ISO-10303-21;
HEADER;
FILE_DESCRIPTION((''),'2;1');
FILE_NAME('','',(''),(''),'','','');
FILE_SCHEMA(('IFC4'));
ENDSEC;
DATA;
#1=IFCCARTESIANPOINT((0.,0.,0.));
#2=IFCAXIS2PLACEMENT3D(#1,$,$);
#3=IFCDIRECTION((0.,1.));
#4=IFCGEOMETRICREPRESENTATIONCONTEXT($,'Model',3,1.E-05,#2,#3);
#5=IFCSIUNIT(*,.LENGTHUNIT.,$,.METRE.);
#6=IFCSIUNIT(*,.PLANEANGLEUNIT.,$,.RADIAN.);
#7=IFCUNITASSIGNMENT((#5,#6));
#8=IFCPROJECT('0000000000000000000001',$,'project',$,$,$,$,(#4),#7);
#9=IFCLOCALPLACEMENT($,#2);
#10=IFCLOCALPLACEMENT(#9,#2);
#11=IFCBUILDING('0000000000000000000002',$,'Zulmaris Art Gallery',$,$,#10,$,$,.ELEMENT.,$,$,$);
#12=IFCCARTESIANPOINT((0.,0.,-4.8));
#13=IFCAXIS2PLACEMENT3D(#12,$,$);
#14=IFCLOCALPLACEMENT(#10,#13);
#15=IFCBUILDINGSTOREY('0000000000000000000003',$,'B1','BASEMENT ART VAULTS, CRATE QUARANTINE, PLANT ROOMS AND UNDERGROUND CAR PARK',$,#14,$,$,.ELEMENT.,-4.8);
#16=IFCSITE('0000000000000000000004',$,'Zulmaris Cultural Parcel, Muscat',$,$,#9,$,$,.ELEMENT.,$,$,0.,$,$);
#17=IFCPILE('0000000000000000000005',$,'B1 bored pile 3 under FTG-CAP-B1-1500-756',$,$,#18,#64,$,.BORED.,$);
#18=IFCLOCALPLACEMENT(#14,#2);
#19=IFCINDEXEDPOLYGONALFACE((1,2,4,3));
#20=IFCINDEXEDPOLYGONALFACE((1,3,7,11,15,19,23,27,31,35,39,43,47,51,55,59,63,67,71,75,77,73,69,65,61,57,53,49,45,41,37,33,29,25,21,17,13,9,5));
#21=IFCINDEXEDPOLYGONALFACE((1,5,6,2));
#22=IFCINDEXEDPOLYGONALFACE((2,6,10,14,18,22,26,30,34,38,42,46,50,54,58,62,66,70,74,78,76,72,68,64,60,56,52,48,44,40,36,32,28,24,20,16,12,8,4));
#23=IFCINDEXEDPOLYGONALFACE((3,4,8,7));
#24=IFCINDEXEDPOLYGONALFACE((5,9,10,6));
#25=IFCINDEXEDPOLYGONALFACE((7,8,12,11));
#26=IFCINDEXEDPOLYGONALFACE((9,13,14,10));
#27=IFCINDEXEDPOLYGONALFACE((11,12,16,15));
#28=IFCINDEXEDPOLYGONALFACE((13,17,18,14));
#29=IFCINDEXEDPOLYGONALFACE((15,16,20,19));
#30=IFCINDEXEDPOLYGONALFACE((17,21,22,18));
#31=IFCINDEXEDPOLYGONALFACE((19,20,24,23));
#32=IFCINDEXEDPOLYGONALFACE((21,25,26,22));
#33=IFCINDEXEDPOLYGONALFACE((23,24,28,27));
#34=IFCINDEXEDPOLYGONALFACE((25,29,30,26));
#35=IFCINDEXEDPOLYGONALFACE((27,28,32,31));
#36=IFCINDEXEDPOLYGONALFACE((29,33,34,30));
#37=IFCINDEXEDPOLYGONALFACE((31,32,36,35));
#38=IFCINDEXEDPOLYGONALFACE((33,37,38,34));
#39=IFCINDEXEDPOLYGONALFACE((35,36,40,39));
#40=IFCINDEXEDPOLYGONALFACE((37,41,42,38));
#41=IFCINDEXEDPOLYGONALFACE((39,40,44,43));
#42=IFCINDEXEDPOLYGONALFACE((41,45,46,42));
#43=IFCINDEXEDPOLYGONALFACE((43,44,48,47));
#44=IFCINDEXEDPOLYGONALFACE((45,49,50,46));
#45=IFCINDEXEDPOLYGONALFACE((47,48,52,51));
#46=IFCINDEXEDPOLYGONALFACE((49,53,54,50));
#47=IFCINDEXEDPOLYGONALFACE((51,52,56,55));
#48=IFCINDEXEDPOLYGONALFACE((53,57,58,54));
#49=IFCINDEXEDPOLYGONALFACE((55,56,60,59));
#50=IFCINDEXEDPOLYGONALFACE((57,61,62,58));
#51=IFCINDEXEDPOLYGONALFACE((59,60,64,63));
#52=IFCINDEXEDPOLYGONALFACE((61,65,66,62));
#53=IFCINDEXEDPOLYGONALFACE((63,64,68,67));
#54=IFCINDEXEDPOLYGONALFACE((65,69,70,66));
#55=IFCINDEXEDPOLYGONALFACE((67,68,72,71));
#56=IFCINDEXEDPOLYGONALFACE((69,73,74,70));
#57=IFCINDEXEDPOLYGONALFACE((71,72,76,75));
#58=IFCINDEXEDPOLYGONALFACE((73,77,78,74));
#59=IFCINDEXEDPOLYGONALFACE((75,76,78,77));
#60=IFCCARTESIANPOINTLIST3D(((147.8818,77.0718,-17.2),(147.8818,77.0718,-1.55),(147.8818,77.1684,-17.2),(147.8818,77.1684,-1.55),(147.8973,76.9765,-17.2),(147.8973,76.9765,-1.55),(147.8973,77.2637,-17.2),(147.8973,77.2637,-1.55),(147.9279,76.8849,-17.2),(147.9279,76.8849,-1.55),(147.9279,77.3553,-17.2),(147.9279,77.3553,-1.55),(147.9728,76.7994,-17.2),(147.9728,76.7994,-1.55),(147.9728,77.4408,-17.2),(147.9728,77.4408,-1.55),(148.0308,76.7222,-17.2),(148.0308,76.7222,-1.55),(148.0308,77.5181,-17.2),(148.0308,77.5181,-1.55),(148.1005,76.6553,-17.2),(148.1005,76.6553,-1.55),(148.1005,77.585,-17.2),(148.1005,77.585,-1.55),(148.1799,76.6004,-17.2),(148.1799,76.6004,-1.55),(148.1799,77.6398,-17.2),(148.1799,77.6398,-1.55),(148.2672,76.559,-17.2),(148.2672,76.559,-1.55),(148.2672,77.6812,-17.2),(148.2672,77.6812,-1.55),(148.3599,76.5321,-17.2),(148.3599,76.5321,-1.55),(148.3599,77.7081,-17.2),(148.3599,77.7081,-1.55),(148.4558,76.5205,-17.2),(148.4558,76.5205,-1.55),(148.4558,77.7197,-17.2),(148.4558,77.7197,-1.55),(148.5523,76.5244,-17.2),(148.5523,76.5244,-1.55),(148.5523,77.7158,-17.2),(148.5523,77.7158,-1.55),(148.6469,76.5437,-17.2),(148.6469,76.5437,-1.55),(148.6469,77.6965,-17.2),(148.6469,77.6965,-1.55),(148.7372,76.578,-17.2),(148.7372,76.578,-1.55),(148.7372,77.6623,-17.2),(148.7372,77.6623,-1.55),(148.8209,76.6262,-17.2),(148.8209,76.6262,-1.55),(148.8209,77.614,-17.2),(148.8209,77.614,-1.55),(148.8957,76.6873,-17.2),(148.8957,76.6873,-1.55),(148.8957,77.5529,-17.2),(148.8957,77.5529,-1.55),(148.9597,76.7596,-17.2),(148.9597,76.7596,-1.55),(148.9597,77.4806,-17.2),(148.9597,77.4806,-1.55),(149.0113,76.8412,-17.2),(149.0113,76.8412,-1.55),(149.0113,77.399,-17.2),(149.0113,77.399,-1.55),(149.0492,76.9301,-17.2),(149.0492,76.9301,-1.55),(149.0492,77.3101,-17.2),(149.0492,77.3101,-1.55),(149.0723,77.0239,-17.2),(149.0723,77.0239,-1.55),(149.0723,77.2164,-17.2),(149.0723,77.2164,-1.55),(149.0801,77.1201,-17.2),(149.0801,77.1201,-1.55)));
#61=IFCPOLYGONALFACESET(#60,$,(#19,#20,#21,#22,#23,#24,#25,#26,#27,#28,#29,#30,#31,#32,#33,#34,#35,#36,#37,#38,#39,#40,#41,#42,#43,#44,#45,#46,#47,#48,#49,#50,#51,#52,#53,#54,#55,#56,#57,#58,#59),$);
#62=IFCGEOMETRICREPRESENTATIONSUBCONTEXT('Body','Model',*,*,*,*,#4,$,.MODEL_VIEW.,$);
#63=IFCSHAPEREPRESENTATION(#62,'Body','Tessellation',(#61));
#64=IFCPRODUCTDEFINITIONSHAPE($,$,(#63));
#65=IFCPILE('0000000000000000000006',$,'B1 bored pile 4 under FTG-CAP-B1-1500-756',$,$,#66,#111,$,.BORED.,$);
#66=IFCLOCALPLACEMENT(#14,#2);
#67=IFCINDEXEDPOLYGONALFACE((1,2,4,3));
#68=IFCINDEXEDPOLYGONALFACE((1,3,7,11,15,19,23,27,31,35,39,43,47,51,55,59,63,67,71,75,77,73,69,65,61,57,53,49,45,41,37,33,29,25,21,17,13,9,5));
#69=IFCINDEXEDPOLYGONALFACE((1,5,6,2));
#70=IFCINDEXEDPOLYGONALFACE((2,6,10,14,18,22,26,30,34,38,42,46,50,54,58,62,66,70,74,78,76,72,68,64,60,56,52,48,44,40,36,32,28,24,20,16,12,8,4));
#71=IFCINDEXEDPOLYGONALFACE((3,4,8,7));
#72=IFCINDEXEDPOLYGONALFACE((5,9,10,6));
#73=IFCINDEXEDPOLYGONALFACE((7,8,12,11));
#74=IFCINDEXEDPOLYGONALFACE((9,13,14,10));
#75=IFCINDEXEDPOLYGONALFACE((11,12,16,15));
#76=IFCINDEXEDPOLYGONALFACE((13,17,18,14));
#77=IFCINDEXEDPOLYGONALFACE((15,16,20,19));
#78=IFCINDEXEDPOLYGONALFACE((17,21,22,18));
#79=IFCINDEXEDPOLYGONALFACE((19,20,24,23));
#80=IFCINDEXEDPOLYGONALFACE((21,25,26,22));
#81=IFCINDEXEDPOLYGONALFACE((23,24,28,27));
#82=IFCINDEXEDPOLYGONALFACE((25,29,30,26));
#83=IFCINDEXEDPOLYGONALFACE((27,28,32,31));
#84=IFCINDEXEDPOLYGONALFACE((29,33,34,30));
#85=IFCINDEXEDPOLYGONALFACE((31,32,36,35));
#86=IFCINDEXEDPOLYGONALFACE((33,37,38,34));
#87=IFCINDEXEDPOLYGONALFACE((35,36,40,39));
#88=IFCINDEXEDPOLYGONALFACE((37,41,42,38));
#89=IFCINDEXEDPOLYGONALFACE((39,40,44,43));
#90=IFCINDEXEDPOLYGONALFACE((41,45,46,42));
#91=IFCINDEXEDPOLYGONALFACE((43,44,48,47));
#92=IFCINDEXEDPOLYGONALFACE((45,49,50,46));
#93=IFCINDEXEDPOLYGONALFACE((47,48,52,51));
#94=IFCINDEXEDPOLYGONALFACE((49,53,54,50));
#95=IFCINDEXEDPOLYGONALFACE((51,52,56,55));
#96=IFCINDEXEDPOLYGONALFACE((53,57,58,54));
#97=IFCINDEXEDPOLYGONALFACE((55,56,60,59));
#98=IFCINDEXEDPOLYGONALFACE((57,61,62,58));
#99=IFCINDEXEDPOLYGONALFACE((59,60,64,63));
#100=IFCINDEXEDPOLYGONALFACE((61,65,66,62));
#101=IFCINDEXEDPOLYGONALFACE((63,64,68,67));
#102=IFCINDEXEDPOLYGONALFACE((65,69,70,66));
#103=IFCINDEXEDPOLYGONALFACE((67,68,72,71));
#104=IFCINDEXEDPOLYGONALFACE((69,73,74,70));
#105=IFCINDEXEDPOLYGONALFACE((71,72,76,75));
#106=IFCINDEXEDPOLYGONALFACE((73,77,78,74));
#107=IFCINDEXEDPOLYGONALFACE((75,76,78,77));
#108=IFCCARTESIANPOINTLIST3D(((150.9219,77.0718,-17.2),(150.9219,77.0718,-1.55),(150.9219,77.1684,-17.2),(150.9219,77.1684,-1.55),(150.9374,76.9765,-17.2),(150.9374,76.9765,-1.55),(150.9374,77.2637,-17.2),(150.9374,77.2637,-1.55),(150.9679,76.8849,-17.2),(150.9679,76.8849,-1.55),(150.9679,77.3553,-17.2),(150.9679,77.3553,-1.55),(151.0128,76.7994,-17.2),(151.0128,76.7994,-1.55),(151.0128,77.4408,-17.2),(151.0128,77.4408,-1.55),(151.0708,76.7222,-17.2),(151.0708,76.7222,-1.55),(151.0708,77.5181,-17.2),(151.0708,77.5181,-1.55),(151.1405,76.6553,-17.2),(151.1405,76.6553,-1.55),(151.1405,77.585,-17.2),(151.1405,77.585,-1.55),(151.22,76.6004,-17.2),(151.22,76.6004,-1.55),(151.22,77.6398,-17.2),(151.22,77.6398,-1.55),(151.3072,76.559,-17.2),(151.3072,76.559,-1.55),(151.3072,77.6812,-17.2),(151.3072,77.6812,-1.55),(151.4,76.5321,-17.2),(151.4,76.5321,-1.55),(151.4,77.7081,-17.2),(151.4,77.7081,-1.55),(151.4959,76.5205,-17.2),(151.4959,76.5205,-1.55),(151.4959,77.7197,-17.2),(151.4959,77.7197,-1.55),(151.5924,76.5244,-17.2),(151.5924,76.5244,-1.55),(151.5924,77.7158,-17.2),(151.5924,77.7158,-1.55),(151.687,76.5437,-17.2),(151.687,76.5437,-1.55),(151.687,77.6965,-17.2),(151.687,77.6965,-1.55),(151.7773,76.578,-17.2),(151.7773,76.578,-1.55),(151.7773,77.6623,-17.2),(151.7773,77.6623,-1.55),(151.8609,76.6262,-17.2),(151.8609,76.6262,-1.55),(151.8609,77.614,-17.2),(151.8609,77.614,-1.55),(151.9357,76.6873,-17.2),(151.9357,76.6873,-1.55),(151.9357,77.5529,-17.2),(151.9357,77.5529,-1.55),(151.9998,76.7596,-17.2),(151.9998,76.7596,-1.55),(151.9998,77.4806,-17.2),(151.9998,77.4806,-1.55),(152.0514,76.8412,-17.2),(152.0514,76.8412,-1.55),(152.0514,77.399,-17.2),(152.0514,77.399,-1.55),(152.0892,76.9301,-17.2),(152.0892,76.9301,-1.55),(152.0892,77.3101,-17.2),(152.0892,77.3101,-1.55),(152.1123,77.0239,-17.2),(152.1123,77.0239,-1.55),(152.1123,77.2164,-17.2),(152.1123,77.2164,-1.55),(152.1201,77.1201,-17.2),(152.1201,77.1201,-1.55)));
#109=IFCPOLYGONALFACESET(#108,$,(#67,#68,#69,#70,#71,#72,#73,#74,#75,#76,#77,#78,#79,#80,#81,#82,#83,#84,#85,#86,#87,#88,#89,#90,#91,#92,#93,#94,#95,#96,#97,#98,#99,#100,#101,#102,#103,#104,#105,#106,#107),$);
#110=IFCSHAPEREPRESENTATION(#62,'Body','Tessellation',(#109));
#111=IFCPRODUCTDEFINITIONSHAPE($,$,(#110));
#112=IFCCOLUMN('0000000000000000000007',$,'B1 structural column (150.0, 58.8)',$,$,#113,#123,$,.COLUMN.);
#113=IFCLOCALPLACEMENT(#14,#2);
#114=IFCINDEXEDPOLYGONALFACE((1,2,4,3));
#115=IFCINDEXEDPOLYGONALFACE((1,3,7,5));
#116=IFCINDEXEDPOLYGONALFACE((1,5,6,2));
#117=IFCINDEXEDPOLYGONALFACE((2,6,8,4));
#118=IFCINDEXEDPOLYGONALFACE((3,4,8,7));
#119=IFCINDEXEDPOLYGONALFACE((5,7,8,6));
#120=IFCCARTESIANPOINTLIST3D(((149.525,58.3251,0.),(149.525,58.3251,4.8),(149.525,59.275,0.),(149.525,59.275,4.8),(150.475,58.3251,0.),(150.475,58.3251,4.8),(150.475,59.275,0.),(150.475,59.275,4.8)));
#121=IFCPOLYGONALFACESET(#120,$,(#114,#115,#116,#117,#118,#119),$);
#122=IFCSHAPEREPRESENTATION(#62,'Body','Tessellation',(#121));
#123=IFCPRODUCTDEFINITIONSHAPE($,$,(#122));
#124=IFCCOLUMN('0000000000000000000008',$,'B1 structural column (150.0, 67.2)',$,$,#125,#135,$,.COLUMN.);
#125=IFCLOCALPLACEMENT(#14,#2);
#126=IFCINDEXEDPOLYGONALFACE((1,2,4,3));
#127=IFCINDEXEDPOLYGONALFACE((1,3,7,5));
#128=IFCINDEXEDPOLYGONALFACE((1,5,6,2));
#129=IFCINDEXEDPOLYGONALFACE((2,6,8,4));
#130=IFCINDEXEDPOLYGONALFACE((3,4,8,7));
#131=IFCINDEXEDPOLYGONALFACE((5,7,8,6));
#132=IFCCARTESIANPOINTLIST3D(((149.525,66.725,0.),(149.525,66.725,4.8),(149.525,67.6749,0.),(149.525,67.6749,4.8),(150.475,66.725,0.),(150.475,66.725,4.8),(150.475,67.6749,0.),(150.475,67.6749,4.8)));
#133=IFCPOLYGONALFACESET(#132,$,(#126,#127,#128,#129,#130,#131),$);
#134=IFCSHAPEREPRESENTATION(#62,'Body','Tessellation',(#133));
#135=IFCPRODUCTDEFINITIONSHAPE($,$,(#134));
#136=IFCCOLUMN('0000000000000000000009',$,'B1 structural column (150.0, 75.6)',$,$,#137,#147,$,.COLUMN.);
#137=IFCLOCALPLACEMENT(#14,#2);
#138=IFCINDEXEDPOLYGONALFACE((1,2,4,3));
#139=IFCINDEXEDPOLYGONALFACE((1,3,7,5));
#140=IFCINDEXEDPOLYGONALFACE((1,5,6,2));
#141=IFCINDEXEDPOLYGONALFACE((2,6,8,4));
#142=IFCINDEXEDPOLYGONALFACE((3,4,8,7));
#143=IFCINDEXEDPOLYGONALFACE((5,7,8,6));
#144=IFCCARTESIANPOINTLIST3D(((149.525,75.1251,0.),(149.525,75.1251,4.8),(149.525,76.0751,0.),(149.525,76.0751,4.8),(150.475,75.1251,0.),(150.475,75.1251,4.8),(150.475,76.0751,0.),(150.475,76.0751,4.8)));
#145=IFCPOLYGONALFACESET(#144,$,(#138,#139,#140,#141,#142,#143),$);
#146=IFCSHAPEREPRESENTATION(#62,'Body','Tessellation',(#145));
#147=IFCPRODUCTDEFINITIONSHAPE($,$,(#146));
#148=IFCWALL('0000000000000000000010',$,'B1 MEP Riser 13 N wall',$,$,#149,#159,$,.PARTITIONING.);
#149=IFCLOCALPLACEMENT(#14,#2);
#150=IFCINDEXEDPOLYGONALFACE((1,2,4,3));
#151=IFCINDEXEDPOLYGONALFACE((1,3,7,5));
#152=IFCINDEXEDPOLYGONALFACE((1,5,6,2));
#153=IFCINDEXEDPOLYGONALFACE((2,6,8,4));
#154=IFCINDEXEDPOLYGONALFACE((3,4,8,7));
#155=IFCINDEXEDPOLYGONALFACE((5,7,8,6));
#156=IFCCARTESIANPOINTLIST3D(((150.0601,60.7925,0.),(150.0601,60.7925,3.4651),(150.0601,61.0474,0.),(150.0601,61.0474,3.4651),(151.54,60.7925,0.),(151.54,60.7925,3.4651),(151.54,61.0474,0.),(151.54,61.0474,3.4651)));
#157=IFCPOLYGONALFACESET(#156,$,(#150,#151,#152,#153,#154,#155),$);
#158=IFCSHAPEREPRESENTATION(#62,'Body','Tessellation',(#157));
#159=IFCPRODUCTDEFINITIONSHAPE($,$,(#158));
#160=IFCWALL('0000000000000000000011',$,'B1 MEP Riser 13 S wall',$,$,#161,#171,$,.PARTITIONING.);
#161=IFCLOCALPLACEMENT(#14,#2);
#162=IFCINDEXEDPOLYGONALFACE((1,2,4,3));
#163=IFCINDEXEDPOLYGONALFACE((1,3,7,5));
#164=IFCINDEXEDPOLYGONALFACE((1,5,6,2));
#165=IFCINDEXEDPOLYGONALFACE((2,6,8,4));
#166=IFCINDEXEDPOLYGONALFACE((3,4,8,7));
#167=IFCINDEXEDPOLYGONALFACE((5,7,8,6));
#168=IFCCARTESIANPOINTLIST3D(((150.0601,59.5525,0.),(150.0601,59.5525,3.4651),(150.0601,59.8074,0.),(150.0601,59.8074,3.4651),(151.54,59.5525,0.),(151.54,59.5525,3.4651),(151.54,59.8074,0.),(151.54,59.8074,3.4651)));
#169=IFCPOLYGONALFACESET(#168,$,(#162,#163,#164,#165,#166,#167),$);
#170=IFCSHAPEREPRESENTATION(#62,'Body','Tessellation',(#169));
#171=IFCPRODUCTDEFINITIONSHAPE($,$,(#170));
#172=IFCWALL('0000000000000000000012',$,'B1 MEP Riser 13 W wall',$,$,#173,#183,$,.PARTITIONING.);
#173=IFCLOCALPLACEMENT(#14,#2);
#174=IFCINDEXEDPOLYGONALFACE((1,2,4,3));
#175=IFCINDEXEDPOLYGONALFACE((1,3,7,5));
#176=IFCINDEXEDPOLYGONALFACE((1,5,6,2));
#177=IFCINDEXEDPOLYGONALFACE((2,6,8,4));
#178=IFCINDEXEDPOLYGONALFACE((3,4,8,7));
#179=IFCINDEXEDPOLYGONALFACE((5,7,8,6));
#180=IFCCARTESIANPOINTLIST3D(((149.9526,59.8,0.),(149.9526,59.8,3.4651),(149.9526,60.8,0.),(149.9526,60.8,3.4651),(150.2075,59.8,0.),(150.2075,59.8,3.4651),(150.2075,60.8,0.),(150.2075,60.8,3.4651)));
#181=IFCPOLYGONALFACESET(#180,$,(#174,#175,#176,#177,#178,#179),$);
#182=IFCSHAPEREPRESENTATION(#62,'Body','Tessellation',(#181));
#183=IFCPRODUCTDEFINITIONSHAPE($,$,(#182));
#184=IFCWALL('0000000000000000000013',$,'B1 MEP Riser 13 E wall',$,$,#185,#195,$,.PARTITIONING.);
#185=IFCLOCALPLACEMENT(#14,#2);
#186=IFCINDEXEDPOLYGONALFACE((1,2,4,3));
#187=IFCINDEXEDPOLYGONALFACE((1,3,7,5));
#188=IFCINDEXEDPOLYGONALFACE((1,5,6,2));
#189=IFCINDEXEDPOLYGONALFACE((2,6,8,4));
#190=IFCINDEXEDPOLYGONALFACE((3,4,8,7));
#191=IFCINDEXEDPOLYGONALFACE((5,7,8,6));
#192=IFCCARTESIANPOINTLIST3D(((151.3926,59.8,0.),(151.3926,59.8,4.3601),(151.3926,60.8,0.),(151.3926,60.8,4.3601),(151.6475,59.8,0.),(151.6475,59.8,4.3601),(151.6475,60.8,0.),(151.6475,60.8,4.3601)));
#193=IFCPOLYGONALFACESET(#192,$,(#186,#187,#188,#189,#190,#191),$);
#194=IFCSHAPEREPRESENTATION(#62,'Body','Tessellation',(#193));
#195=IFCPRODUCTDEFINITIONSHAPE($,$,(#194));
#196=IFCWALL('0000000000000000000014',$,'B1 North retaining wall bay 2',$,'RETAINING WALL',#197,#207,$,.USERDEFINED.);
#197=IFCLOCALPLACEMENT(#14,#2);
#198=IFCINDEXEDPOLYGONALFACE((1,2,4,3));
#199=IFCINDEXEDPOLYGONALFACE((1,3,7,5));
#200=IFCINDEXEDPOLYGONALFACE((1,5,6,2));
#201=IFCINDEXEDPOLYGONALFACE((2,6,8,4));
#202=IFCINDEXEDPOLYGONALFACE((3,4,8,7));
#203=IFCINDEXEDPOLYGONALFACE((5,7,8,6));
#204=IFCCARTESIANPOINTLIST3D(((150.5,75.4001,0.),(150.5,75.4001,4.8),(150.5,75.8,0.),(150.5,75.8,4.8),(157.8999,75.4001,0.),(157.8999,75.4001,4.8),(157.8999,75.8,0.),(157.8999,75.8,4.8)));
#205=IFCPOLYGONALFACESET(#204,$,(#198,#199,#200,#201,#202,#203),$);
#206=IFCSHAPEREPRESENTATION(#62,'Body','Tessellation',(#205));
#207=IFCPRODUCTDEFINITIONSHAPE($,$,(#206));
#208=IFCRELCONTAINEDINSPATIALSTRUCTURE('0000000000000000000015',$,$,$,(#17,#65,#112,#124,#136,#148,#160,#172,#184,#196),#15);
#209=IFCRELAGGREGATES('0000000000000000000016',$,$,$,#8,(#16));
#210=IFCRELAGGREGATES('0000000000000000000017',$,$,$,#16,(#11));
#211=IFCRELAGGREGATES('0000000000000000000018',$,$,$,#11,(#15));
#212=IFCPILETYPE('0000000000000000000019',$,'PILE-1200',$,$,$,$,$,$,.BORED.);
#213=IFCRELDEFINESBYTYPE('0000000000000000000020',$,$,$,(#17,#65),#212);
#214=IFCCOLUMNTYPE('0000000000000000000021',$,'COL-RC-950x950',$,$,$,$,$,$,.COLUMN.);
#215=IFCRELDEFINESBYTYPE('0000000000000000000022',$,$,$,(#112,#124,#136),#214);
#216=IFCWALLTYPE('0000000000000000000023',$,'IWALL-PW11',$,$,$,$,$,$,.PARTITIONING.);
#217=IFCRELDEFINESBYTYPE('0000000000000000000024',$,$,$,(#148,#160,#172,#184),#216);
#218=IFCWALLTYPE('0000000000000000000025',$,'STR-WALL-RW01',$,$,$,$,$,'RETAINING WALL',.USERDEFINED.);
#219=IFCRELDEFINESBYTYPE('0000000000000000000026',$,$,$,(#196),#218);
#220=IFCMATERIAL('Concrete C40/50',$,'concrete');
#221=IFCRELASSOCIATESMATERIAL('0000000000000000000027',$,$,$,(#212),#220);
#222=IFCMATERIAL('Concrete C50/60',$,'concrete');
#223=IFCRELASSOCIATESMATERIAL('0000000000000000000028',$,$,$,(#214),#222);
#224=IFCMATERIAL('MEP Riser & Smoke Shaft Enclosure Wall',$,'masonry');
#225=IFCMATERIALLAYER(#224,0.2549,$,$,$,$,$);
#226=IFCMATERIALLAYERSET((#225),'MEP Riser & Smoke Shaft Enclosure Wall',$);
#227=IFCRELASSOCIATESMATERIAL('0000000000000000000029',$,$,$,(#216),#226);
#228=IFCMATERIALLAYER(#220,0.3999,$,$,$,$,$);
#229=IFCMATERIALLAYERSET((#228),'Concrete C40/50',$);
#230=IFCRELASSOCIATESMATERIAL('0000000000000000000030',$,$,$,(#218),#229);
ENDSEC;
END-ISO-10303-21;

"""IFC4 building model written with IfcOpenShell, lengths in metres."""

from ifc_helpers import new_model, si_unit, direction, frame, frame_2d, origin, origin_2d, place, context, subcontext, project, spatial, rectangle, circle, extrude, material, layer, layer_set, material_profile, profile_set, type_object, element, save


model = new_model("IFC4")

# Units and contexts
model_context = context("Model", 3, precision=1e-05, world=origin(), true_north=direction((0.0, 1.0)))
body_context = subcontext(model_context, "Body", "Model", "MODEL_VIEW")
ifc_project = project(units=[si_unit("LENGTHUNIT", "METRE"), si_unit("PLANEANGLEUNIT", "RADIAN")], contexts=[model_context])

# Site, building, storey
site_placement = place(None, origin())
site = spatial("IfcSite", under=ifc_project, at=site_placement, Name="Zulmaris Cultural Parcel, Muscat", CompositionType="ELEMENT", RefElevation=0.0)
building_placement = place(site_placement, origin())
building = spatial("IfcBuilding", under=site, at=building_placement, Name="Zulmaris Art Gallery", CompositionType="ELEMENT")
storey_placement = place(building_placement, frame((0.0, 0.0, -4.8)))
storey = spatial("IfcBuildingStorey", under=building, at=storey_placement, Name="B1", Description="BASEMENT ART VAULTS, CRATE QUARANTINE, PLANT ROOMS AND UNDERGROUND CAR PARK", CompositionType="ELEMENT", Elevation=-4.8)

# Piles
ifc_material_1 = material(Name="Concrete C40/50", Category="concrete")
ifc_material_profile_1 = material_profile(ifc_material_1, circle(Radius=0.6001, at=origin_2d()), Name="PILE DIA 1200")
ifc_profile_set_1 = profile_set([ifc_material_profile_1], Name="Concrete C40/50")
pile_type = type_object("IfcPileType", Name="PILE-1200", PredefinedType="BORED", material=ifc_profile_set_1)
for number, where, z_axis, x_axis, name in (
    (1, (148.48, 77.1201, -1.55), (0.0, 0.0, -1.0), (1.0, 0.0, 0.0), "B1 bored pile 3 under FTG-CAP-B1-1500-756"),
    (2, (151.52, 77.1201, -1.55), (0.0, 0.0, -1.0), (1.0, 0.0, 0.0), "B1 bored pile 4 under FTG-CAP-B1-1500-756"),
):
    element("IfcPile", number, at=place(storey_placement, frame(where, z_axis=z_axis, x_axis=x_axis)), inside=storey, type_object=pile_type, Name=name, PredefinedType="BORED", context=body_context, shape_type="SweptSolid", body=[
        extrude(circle(Radius=0.6001, at=origin_2d()), origin(), (0.0, 0.0, 1.0), 15.6499),
    ])

# Columns
ifc_material_2 = material(Name="Concrete C50/60", Category="concrete")
ifc_material_profile_2 = material_profile(ifc_material_2, rectangle(XDim=0.95, YDim=0.95, at=origin_2d()), Name="RC 950x950")
ifc_profile_set_2 = profile_set([ifc_material_profile_2], Name="Concrete C50/60")
column_type = type_object("IfcColumnType", Name="COL-RC-950x950", PredefinedType="COLUMN", material=ifc_profile_set_2)
for number, where, z_axis, x_axis, name in (
    (3, (150.0, 58.8, 0.0), (0.0, 0.0, 1.0), (1.0, 0.0, 0.0), "B1 structural column (150.0, 58.8)"),
    (4, (150.0, 67.2, 0.0), (0.0, 0.0, 1.0), (1.0, 0.0, 0.0), "B1 structural column (150.0, 67.2)"),
    (5, (150.0, 75.6001, 0.0), (0.0, 0.0, 1.0), (1.0, 0.0, 0.0), "B1 structural column (150.0, 75.6)"),
):
    element("IfcColumn", number, at=place(storey_placement, frame(where, z_axis=z_axis, x_axis=x_axis)), inside=storey, type_object=column_type, Name=name, PredefinedType="COLUMN", context=body_context, shape_type="SweptSolid", body=[
        extrude(rectangle(XDim=0.95, YDim=0.95, at=origin_2d()), origin(), (0.0, 0.0, 1.0), 4.8),
    ])

# Walls
ifc_material_3 = material(Name="MEP Riser & Smoke Shaft Enclosure Wall", Category="masonry")
ifc_layer_1 = layer(ifc_material_3, 0.2549)
ifc_layer_set_1 = layer_set([ifc_layer_1], Name="MEP Riser & Smoke Shaft Enclosure Wall")
wall_type_1 = type_object("IfcWallType", Name="IWALL-PW11", PredefinedType="PARTITIONING", material=ifc_layer_set_1)
for number, where, z_axis, x_axis, name in (
    (6, (150.0601, 60.9199, 0.0), (0.0, 0.0, 1.0), (1.0, 0.0, 0.0), "B1 MEP Riser 13 N wall"),
    (7, (150.0601, 59.6799, 0.0), (0.0, 0.0, 1.0), (1.0, 0.0, 0.0), "B1 MEP Riser 13 S wall"),
):
    element("IfcWall", number, at=place(storey_placement, frame(where, z_axis=z_axis, x_axis=x_axis)), inside=storey, type_object=wall_type_1, Name=name, PredefinedType="PARTITIONING", context=body_context, shape_type="SweptSolid", body=[
        extrude(rectangle(XDim=1.48, YDim=0.2549, at=frame_2d((0.74, 0.0))), origin(), (0.0, 0.0, 1.0), 3.4651),
    ])
wall_1_placement = place(storey_placement, frame((150.0801, 59.8, 0.0), z_axis=(0.0, 0.0, 1.0), x_axis=(0.0, 1.0, 0.0)))
element("IfcWall", 8, at=wall_1_placement, inside=storey, type_object=wall_type_1, Name="B1 MEP Riser 13 W wall", PredefinedType="PARTITIONING", context=body_context, shape_type="SweptSolid", body=[
    extrude(rectangle(XDim=1.0, YDim=0.2549, at=frame_2d((0.5, 0.0))), origin(), (0.0, 0.0, 1.0), 3.4651),
])
wall_2_placement = place(storey_placement, frame((151.52, 59.8, 0.0), z_axis=(0.0, 0.0, 1.0), x_axis=(0.0, 1.0, 0.0)))
element("IfcWall", 9, at=wall_2_placement, inside=storey, type_object=wall_type_1, Name="B1 MEP Riser 13 E wall", PredefinedType="PARTITIONING", context=body_context, shape_type="SweptSolid", body=[
    extrude(rectangle(XDim=1.0, YDim=0.2549, at=frame_2d((0.5, 0.0))), origin(), (0.0, 0.0, 1.0), 4.3601),
])
ifc_layer_2 = layer(ifc_material_1, 0.3999)
ifc_layer_set_2 = layer_set([ifc_layer_2], Name="Concrete C40/50")
wall_type_2 = type_object("IfcWallType", Name="STR-WALL-RW01", ElementType="RETAINING WALL", PredefinedType="USERDEFINED", material=ifc_layer_set_2)
wall_3_placement = place(storey_placement, frame((150.5, 75.6001, 0.0), z_axis=(0.0, 0.0, 1.0), x_axis=(1.0, 0.0, 0.0)))
element("IfcWall", 10, at=wall_3_placement, inside=storey, type_object=wall_type_2, Name="B1 North retaining wall bay 2", ObjectType="RETAINING WALL", PredefinedType="USERDEFINED", context=body_context, shape_type="SweptSolid", body=[
    extrude(rectangle(XDim=7.3999, YDim=0.3999, at=frame_2d((3.7, 0.0))), origin(), (0.0, 0.0, 1.0), 4.8),
])

save(model, "model.ifc")
